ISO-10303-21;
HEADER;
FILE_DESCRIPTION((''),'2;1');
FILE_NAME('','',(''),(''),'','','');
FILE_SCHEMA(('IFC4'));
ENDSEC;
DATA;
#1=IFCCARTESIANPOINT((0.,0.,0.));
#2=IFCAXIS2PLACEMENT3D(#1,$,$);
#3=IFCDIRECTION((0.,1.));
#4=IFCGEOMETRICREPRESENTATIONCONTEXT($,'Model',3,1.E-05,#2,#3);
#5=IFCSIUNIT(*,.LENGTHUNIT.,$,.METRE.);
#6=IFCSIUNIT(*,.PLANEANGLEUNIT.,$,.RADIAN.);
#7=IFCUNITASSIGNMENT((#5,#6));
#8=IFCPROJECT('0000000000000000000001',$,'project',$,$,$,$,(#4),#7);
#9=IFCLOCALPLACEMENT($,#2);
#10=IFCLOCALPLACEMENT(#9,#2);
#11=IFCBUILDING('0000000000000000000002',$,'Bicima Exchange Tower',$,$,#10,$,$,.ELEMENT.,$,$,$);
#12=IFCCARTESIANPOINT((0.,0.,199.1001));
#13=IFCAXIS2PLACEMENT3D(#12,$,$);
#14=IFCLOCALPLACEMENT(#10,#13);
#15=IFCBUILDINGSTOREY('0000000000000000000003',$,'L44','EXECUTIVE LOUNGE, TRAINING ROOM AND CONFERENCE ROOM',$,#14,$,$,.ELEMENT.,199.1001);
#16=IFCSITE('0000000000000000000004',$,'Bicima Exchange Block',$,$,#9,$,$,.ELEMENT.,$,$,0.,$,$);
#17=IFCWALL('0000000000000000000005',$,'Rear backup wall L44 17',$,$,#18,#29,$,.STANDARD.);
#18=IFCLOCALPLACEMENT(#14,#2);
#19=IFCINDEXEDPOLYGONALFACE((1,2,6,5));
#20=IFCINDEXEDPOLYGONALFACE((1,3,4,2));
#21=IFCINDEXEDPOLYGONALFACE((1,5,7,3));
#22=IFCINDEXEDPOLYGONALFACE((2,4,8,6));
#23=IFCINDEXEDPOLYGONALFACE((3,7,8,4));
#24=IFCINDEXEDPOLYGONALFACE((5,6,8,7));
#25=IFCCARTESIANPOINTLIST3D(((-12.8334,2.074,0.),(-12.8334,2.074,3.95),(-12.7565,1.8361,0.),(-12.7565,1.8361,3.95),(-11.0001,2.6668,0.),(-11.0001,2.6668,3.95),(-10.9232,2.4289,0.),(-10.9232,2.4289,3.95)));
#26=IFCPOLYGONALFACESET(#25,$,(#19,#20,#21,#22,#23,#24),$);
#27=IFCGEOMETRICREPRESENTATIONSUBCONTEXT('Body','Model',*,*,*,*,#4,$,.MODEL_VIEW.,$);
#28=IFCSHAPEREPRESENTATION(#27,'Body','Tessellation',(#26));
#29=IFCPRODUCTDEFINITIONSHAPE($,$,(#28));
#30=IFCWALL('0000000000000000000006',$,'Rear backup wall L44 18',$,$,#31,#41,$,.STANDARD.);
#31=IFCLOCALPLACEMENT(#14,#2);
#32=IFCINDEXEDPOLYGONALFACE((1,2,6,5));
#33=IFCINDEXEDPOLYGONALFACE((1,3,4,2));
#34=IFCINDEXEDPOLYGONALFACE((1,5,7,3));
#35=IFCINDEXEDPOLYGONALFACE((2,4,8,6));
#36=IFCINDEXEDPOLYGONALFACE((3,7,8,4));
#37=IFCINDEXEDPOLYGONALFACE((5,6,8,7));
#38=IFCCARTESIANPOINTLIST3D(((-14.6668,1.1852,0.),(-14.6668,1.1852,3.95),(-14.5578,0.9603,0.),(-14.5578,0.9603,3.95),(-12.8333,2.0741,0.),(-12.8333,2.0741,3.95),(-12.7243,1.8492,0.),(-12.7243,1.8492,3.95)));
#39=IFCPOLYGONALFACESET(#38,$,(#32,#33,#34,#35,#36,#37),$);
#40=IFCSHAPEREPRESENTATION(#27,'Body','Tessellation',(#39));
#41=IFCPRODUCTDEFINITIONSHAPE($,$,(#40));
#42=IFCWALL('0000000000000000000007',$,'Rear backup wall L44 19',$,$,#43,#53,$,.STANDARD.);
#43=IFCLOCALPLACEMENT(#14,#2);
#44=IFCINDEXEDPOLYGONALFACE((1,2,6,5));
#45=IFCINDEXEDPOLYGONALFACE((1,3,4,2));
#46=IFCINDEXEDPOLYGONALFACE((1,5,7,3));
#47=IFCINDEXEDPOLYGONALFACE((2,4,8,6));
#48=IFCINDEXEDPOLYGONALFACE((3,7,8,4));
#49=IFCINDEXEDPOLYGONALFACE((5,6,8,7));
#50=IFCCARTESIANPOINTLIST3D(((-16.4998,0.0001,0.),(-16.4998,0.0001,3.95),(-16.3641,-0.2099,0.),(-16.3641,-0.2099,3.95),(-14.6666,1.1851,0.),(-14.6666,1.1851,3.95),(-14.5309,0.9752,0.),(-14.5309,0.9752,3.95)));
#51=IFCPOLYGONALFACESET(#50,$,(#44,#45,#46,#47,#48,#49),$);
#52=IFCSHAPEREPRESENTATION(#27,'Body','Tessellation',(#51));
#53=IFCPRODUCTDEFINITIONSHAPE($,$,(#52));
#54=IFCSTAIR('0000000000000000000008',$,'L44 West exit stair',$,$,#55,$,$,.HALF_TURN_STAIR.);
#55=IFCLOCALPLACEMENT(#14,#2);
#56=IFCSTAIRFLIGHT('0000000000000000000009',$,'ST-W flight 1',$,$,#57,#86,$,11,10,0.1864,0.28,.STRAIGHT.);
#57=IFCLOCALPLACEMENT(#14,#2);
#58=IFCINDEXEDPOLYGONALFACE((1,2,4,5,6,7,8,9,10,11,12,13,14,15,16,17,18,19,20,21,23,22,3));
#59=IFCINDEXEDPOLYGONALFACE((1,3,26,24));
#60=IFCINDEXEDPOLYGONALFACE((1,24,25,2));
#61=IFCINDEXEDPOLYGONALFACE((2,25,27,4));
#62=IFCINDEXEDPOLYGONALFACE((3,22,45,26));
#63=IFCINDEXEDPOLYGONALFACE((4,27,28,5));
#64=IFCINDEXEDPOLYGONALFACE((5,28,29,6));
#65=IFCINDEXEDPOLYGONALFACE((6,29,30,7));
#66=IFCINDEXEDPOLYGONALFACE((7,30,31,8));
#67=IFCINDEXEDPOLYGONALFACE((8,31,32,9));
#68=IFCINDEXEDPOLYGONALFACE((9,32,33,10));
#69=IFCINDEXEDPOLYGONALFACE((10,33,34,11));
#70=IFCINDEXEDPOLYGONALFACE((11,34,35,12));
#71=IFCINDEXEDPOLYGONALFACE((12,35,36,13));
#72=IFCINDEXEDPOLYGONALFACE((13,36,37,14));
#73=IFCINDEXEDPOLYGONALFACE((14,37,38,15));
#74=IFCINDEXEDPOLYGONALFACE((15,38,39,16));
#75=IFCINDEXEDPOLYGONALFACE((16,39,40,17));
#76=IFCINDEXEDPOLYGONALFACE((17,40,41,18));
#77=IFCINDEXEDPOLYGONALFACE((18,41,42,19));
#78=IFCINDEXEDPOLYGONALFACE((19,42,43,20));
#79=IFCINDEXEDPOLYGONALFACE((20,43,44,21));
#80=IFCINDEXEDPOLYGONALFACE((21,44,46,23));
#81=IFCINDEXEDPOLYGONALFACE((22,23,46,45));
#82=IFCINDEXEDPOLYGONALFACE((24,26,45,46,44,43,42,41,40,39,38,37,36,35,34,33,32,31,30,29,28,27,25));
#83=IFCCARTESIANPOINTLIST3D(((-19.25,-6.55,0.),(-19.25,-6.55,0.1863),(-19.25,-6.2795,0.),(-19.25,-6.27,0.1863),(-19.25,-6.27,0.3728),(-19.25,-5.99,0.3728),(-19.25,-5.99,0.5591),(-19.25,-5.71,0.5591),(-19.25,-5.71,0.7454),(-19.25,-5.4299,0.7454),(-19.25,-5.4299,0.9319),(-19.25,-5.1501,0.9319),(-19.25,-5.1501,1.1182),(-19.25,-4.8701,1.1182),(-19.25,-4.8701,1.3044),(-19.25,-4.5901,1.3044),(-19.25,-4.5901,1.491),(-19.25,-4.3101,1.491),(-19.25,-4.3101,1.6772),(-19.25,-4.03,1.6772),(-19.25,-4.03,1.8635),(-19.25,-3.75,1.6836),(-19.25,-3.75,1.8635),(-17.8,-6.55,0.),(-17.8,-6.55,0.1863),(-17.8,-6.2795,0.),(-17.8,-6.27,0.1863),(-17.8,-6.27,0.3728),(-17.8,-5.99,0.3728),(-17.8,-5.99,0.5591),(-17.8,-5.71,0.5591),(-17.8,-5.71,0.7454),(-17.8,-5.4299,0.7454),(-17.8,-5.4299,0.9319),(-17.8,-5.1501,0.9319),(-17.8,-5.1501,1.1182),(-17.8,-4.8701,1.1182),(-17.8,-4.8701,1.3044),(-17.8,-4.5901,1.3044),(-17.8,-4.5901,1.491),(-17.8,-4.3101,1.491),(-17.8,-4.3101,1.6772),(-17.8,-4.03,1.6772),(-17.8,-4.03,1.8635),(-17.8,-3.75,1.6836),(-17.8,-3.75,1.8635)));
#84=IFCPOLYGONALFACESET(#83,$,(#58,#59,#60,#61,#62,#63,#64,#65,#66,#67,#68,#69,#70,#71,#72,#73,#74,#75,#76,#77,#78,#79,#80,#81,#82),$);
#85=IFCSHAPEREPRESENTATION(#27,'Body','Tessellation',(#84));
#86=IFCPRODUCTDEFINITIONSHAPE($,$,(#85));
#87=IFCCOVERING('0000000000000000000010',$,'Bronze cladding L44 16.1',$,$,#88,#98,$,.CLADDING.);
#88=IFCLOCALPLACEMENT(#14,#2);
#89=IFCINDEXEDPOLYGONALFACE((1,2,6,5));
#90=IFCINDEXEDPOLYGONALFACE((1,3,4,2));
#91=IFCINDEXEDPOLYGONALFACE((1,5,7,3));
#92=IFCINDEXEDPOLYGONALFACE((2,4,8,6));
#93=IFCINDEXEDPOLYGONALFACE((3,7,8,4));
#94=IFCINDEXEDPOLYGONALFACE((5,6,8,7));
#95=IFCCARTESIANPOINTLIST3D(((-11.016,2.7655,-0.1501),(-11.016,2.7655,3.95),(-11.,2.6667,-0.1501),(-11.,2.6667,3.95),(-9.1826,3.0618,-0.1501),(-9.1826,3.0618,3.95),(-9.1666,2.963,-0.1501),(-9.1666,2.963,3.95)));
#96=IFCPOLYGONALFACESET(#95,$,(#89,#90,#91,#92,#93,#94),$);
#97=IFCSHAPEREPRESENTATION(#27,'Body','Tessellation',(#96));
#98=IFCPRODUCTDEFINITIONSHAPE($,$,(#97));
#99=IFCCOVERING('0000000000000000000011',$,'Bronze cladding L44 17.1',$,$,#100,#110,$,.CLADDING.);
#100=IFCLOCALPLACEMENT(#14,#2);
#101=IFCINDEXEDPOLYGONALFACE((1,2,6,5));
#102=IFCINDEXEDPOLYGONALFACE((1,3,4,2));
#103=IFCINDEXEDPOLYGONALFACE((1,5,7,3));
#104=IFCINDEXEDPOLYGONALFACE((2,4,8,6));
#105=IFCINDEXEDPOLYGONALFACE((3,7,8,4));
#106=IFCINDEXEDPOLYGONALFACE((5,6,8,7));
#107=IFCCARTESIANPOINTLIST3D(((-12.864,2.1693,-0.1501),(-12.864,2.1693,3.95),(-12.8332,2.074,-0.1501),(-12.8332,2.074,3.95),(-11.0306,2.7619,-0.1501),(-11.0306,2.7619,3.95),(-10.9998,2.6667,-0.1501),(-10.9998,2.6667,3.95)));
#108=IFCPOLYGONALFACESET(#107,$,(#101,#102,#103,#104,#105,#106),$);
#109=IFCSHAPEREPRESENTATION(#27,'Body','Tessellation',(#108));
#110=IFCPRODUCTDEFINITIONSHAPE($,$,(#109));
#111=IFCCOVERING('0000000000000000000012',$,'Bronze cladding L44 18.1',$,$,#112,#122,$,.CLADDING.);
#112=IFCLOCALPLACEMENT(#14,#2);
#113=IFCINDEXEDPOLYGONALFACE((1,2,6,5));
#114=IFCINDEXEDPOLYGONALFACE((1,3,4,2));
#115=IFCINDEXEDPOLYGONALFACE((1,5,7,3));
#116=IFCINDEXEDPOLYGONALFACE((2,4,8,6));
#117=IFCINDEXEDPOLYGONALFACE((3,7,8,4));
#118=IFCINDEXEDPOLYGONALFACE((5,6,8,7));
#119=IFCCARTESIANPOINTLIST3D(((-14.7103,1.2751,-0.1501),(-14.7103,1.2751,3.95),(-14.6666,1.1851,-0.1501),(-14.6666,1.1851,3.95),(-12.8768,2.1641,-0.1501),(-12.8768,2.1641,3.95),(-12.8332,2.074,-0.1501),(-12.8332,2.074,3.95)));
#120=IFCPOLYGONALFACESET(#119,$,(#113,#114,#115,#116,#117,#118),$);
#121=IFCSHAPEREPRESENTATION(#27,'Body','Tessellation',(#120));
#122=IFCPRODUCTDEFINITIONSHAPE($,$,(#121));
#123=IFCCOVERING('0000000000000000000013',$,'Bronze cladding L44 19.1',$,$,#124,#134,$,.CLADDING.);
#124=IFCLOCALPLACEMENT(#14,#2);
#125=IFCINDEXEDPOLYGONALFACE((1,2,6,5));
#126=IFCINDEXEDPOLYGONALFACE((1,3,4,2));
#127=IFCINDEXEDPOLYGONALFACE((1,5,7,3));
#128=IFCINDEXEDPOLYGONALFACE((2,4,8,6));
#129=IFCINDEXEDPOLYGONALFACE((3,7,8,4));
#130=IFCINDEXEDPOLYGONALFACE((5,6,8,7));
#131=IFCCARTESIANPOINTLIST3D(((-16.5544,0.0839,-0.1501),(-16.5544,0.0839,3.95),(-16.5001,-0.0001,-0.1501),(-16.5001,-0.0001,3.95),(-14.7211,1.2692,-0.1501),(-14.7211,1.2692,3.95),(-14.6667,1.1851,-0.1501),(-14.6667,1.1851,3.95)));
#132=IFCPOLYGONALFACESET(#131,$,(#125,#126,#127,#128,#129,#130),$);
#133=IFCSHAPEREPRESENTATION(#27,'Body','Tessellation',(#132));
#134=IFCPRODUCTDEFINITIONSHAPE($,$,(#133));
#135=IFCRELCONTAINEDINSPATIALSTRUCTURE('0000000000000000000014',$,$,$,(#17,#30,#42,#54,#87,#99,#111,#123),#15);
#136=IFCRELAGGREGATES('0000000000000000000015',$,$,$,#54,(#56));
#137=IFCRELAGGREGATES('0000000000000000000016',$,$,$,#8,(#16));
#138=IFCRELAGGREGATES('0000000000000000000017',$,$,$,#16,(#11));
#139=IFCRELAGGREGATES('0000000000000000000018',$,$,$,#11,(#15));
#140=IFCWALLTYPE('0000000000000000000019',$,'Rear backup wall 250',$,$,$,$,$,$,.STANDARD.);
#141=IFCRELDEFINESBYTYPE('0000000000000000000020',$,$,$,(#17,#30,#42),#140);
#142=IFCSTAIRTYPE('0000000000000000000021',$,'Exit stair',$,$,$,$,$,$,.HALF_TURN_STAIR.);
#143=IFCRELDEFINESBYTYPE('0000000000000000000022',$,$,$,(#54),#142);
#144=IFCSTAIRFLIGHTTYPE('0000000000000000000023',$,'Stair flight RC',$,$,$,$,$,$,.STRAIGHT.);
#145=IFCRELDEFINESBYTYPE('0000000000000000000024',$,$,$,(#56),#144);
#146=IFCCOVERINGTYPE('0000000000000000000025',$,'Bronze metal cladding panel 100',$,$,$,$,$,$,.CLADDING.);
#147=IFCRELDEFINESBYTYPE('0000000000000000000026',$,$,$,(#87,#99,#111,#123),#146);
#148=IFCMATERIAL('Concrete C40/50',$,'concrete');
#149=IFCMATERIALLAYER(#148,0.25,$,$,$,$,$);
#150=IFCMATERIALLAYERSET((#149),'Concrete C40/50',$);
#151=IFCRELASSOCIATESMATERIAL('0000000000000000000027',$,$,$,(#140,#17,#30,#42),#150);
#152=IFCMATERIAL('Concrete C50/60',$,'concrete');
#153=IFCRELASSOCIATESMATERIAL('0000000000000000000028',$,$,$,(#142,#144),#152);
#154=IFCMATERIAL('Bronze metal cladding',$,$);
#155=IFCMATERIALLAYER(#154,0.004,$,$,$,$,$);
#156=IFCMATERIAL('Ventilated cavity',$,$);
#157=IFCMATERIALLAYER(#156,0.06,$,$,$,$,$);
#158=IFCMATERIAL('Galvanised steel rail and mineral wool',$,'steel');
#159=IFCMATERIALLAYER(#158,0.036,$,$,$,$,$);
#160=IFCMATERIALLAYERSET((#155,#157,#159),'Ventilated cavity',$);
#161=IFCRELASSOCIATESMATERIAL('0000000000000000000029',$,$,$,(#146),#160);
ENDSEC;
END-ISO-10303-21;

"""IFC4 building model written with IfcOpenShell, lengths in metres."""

from ifc_helpers import new_model, si_unit, direction, frame, frame_2d, origin, origin_2d, place, context, subcontext, project, spatial, polyline, rectangle, outline, extrude, material, layer, layer_set, layer_usage, type_object, element, aggregate, save


model = new_model("IFC4")

# Units and contexts
model_context = context("Model", 3, precision=1e-05, world=origin(), true_north=direction((0.0, 1.0)))
body_context = subcontext(model_context, "Body", "Model", "MODEL_VIEW")
ifc_project = project(units=[si_unit("LENGTHUNIT", "METRE"), si_unit("PLANEANGLEUNIT", "RADIAN")], contexts=[model_context])

# Site, building, storey
site_placement = place(None, origin())
site = spatial("IfcSite", under=ifc_project, at=site_placement, Name="Bicima Exchange Block", CompositionType="ELEMENT", RefElevation=0.0)
building_placement = place(site_placement, origin())
building = spatial("IfcBuilding", under=site, at=building_placement, Name="Bicima Exchange Tower", CompositionType="ELEMENT")
storey_placement = place(building_placement, frame((0.0, 0.0, 199.1001)))
storey = spatial("IfcBuildingStorey", under=building, at=storey_placement, Name="L44", Description="EXECUTIVE LOUNGE, TRAINING ROOM AND CONFERENCE ROOM", CompositionType="ELEMENT", Elevation=199.1001)

# Shared definitions
ifc_material_1 = material(Name="Concrete C50/60", Category="concrete")

# Walls
ifc_material_2 = material(Name="Concrete C40/50", Category="concrete")
ifc_layer_1 = layer(ifc_material_2, 0.25)
ifc_layer_set_1 = layer_set([ifc_layer_1], Name="Concrete C40/50")
ifc_layer_usage = layer_usage(ifc_layer_set_1, "AXIS2", "POSITIVE", -0.125)
wall_type_1 = type_object("IfcWallType", Name="Rear backup wall 250", PredefinedType="STANDARD", material=ifc_layer_set_1)
wall_1_placement = place(storey_placement, frame((-10.9617, 2.5479, 0.0), z_axis=(0.0, 0.0, 1.0), x_axis=(-0.951496, -0.307662, 0.0)))
element("IfcWall", 1, at=wall_1_placement, inside=storey, type_object=wall_type_1, material=ifc_layer_usage, Name="Rear backup wall L44 17", PredefinedType="STANDARD", context=body_context, shape_type="SweptSolid", body=[
    extrude(rectangle(XDim=1.9268, YDim=0.25, at=frame_2d((0.9634, 0.0))), origin(), (0.0, 0.0, 1.0), 3.95),
])
wall_2_placement = place(storey_placement, frame((-12.7788, 1.9617, 0.0), z_axis=(0.0, 0.0, 1.0), x_axis=(-0.899824, -0.436253, 0.0)))
element("IfcWall", 2, at=wall_2_placement, inside=storey, type_object=wall_type_1, material=ifc_layer_usage, Name="Rear backup wall L44 18", PredefinedType="STANDARD", context=body_context, shape_type="SweptSolid", body=[
    extrude(rectangle(XDim=2.0376, YDim=0.25, at=frame_2d((1.0188, 0.0))), origin(), (0.0, 0.0, 1.0), 3.95),
])
wall_3_placement = place(storey_placement, frame((-14.5989, 1.0801, 0.0), z_axis=(0.0, 0.0, 1.0), x_axis=(-0.839813, -0.542876, 0.0)))
element("IfcWall", 3, at=wall_3_placement, inside=storey, type_object=wall_type_1, material=ifc_layer_usage, Name="Rear backup wall L44 19", PredefinedType="STANDARD", context=body_context, shape_type="SweptSolid", body=[
    extrude(rectangle(XDim=2.1829, YDim=0.25, at=frame_2d((1.0913, 0.0))), origin(), (0.0, 0.0, 1.0), 3.95),
])

# Stair, stair flight
stair_type = type_object("IfcStairType", Name="Exit stair", PredefinedType="HALF_TURN_STAIR", material=ifc_material_1)
stair_placement = place(storey_placement, origin())
stair = element("IfcStair", 4, at=stair_placement, inside=storey, type_object=stair_type, Name="L44 West exit stair", PredefinedType="HALF_TURN_STAIR")
stair_flight_type = type_object("IfcStairFlightType", Name="Stair flight RC", PredefinedType="STRAIGHT", material=ifc_material_1)
stair_flight_placement = place(storey_placement, frame((-18.5249, -6.55, 0.0), z_axis=(0.0, 0.0, 1.0), x_axis=(0.0, 1.0, 0.0)))
stair_flight = element("IfcStairFlight", 5, at=stair_flight_placement, type_object=stair_flight_type, Name="ST-W flight 1", NumberOfRisers=11, NumberOfTreads=10, PredefinedType="STRAIGHT", RiserHeight=0.1864, TreadLength=0.28, context=body_context, shape_type="SweptSolid", body=[
    extrude(outline(polyline([(0.0, 0.0), (0.0, 0.1863), (0.28, 0.1863), (0.28, 0.3728), (0.5601, 0.3728), (0.5601, 0.5591), (0.8401, 0.5591), (0.8401, 0.7454), (1.1201, 0.7454), (1.1201, 0.9319), (1.3999, 0.9319), (1.3999, 1.1182), (1.6799, 1.1182), (1.6799, 1.3044), (1.96, 1.3044), (1.96, 1.491), (2.24, 1.491), (2.24, 1.6772), (2.52, 1.6772), (2.52, 1.8635), (2.8, 1.8635), (2.8, 2.05), (2.8, 1.6836), (0.2705, 0.0), (0.0, 0.0)])), frame((0.0, 0.7251, 0.0), z_axis=(0.0, -1.0, 0.0), x_axis=(1.0, 0.0, 0.0)), (0.0, 0.0, 1.0), 1.45),
])
aggregate(stair, [stair_flight])

# Coverings
ifc_material_3 = material(Name="Bronze metal cladding")
ifc_layer_2 = layer(ifc_material_3, 0.004)
ifc_material_4 = material(Name="Ventilated cavity")
ifc_layer_3 = layer(ifc_material_4, 0.06)
ifc_material_5 = material(Name="Galvanised steel rail and mineral wool", Category="steel")
ifc_layer_4 = layer(ifc_material_5, 0.036)
ifc_layer_set_2 = layer_set([ifc_layer_2, ifc_layer_3, ifc_layer_4], Name="Ventilated cavity")
covering_type = type_object("IfcCoveringType", Name="Bronze metal cladding panel 100", PredefinedType="CLADDING", material=ifc_layer_set_2)
covering_1_placement = place(storey_placement, frame((-10.0913, 2.8643, -0.1501), z_axis=(0.0, 0.0, 1.0), x_axis=(-0.98719, -0.15955, 0.0)))
element("IfcCovering", 6, at=covering_1_placement, inside=storey, type_object=covering_type, Name="Bronze cladding L44 16.1", PredefinedType="CLADDING", context=body_context, shape_type="SweptSolid", body=[
    extrude(rectangle(XDim=1.8572, YDim=0.1001, at=origin_2d()), origin(), (0.0, 0.0, 1.0), 4.1001),
])
covering_2_placement = place(storey_placement, frame((-11.9319, 2.418, -0.1501), z_axis=(0.0, 0.0, 1.0), x_axis=(-0.951525, -0.307573, 0.0)))
element("IfcCovering", 7, at=covering_2_placement, inside=storey, type_object=covering_type, Name="Bronze cladding L44 17.1", PredefinedType="CLADDING", context=body_context, shape_type="SweptSolid", body=[
    extrude(rectangle(XDim=1.9268, YDim=0.1001, at=origin_2d()), origin(), (0.0, 0.0, 1.0), 4.1001),
])
covering_3_placement = place(storey_placement, frame((-13.7717, 1.6746, -0.1501), z_axis=(0.0, 0.0, 1.0), x_axis=(-0.899818, -0.436265, 0.0)))
element("IfcCovering", 8, at=covering_3_placement, inside=storey, type_object=covering_type, Name="Bronze cladding L44 18.1", PredefinedType="CLADDING", context=body_context, shape_type="SweptSolid", body=[
    extrude(rectangle(XDim=2.0376, YDim=0.1001, at=origin_2d()), origin(), (0.0, 0.0, 1.0), 4.1001),
])
covering_4_placement = place(storey_placement, frame((-15.6106, 0.6345, -0.1501), z_axis=(0.0, 0.0, 1.0), x_axis=(-0.83979, -0.542911, 0.0)))
element("IfcCovering", 9, at=covering_4_placement, inside=storey, type_object=covering_type, Name="Bronze cladding L44 19.1", PredefinedType="CLADDING", context=body_context, shape_type="SweptSolid", body=[
    extrude(rectangle(XDim=2.1831, YDim=0.1001, at=origin_2d()), origin(), (0.0, 0.0, 1.0), 4.1001),
])

save(model, "model.ifc")
